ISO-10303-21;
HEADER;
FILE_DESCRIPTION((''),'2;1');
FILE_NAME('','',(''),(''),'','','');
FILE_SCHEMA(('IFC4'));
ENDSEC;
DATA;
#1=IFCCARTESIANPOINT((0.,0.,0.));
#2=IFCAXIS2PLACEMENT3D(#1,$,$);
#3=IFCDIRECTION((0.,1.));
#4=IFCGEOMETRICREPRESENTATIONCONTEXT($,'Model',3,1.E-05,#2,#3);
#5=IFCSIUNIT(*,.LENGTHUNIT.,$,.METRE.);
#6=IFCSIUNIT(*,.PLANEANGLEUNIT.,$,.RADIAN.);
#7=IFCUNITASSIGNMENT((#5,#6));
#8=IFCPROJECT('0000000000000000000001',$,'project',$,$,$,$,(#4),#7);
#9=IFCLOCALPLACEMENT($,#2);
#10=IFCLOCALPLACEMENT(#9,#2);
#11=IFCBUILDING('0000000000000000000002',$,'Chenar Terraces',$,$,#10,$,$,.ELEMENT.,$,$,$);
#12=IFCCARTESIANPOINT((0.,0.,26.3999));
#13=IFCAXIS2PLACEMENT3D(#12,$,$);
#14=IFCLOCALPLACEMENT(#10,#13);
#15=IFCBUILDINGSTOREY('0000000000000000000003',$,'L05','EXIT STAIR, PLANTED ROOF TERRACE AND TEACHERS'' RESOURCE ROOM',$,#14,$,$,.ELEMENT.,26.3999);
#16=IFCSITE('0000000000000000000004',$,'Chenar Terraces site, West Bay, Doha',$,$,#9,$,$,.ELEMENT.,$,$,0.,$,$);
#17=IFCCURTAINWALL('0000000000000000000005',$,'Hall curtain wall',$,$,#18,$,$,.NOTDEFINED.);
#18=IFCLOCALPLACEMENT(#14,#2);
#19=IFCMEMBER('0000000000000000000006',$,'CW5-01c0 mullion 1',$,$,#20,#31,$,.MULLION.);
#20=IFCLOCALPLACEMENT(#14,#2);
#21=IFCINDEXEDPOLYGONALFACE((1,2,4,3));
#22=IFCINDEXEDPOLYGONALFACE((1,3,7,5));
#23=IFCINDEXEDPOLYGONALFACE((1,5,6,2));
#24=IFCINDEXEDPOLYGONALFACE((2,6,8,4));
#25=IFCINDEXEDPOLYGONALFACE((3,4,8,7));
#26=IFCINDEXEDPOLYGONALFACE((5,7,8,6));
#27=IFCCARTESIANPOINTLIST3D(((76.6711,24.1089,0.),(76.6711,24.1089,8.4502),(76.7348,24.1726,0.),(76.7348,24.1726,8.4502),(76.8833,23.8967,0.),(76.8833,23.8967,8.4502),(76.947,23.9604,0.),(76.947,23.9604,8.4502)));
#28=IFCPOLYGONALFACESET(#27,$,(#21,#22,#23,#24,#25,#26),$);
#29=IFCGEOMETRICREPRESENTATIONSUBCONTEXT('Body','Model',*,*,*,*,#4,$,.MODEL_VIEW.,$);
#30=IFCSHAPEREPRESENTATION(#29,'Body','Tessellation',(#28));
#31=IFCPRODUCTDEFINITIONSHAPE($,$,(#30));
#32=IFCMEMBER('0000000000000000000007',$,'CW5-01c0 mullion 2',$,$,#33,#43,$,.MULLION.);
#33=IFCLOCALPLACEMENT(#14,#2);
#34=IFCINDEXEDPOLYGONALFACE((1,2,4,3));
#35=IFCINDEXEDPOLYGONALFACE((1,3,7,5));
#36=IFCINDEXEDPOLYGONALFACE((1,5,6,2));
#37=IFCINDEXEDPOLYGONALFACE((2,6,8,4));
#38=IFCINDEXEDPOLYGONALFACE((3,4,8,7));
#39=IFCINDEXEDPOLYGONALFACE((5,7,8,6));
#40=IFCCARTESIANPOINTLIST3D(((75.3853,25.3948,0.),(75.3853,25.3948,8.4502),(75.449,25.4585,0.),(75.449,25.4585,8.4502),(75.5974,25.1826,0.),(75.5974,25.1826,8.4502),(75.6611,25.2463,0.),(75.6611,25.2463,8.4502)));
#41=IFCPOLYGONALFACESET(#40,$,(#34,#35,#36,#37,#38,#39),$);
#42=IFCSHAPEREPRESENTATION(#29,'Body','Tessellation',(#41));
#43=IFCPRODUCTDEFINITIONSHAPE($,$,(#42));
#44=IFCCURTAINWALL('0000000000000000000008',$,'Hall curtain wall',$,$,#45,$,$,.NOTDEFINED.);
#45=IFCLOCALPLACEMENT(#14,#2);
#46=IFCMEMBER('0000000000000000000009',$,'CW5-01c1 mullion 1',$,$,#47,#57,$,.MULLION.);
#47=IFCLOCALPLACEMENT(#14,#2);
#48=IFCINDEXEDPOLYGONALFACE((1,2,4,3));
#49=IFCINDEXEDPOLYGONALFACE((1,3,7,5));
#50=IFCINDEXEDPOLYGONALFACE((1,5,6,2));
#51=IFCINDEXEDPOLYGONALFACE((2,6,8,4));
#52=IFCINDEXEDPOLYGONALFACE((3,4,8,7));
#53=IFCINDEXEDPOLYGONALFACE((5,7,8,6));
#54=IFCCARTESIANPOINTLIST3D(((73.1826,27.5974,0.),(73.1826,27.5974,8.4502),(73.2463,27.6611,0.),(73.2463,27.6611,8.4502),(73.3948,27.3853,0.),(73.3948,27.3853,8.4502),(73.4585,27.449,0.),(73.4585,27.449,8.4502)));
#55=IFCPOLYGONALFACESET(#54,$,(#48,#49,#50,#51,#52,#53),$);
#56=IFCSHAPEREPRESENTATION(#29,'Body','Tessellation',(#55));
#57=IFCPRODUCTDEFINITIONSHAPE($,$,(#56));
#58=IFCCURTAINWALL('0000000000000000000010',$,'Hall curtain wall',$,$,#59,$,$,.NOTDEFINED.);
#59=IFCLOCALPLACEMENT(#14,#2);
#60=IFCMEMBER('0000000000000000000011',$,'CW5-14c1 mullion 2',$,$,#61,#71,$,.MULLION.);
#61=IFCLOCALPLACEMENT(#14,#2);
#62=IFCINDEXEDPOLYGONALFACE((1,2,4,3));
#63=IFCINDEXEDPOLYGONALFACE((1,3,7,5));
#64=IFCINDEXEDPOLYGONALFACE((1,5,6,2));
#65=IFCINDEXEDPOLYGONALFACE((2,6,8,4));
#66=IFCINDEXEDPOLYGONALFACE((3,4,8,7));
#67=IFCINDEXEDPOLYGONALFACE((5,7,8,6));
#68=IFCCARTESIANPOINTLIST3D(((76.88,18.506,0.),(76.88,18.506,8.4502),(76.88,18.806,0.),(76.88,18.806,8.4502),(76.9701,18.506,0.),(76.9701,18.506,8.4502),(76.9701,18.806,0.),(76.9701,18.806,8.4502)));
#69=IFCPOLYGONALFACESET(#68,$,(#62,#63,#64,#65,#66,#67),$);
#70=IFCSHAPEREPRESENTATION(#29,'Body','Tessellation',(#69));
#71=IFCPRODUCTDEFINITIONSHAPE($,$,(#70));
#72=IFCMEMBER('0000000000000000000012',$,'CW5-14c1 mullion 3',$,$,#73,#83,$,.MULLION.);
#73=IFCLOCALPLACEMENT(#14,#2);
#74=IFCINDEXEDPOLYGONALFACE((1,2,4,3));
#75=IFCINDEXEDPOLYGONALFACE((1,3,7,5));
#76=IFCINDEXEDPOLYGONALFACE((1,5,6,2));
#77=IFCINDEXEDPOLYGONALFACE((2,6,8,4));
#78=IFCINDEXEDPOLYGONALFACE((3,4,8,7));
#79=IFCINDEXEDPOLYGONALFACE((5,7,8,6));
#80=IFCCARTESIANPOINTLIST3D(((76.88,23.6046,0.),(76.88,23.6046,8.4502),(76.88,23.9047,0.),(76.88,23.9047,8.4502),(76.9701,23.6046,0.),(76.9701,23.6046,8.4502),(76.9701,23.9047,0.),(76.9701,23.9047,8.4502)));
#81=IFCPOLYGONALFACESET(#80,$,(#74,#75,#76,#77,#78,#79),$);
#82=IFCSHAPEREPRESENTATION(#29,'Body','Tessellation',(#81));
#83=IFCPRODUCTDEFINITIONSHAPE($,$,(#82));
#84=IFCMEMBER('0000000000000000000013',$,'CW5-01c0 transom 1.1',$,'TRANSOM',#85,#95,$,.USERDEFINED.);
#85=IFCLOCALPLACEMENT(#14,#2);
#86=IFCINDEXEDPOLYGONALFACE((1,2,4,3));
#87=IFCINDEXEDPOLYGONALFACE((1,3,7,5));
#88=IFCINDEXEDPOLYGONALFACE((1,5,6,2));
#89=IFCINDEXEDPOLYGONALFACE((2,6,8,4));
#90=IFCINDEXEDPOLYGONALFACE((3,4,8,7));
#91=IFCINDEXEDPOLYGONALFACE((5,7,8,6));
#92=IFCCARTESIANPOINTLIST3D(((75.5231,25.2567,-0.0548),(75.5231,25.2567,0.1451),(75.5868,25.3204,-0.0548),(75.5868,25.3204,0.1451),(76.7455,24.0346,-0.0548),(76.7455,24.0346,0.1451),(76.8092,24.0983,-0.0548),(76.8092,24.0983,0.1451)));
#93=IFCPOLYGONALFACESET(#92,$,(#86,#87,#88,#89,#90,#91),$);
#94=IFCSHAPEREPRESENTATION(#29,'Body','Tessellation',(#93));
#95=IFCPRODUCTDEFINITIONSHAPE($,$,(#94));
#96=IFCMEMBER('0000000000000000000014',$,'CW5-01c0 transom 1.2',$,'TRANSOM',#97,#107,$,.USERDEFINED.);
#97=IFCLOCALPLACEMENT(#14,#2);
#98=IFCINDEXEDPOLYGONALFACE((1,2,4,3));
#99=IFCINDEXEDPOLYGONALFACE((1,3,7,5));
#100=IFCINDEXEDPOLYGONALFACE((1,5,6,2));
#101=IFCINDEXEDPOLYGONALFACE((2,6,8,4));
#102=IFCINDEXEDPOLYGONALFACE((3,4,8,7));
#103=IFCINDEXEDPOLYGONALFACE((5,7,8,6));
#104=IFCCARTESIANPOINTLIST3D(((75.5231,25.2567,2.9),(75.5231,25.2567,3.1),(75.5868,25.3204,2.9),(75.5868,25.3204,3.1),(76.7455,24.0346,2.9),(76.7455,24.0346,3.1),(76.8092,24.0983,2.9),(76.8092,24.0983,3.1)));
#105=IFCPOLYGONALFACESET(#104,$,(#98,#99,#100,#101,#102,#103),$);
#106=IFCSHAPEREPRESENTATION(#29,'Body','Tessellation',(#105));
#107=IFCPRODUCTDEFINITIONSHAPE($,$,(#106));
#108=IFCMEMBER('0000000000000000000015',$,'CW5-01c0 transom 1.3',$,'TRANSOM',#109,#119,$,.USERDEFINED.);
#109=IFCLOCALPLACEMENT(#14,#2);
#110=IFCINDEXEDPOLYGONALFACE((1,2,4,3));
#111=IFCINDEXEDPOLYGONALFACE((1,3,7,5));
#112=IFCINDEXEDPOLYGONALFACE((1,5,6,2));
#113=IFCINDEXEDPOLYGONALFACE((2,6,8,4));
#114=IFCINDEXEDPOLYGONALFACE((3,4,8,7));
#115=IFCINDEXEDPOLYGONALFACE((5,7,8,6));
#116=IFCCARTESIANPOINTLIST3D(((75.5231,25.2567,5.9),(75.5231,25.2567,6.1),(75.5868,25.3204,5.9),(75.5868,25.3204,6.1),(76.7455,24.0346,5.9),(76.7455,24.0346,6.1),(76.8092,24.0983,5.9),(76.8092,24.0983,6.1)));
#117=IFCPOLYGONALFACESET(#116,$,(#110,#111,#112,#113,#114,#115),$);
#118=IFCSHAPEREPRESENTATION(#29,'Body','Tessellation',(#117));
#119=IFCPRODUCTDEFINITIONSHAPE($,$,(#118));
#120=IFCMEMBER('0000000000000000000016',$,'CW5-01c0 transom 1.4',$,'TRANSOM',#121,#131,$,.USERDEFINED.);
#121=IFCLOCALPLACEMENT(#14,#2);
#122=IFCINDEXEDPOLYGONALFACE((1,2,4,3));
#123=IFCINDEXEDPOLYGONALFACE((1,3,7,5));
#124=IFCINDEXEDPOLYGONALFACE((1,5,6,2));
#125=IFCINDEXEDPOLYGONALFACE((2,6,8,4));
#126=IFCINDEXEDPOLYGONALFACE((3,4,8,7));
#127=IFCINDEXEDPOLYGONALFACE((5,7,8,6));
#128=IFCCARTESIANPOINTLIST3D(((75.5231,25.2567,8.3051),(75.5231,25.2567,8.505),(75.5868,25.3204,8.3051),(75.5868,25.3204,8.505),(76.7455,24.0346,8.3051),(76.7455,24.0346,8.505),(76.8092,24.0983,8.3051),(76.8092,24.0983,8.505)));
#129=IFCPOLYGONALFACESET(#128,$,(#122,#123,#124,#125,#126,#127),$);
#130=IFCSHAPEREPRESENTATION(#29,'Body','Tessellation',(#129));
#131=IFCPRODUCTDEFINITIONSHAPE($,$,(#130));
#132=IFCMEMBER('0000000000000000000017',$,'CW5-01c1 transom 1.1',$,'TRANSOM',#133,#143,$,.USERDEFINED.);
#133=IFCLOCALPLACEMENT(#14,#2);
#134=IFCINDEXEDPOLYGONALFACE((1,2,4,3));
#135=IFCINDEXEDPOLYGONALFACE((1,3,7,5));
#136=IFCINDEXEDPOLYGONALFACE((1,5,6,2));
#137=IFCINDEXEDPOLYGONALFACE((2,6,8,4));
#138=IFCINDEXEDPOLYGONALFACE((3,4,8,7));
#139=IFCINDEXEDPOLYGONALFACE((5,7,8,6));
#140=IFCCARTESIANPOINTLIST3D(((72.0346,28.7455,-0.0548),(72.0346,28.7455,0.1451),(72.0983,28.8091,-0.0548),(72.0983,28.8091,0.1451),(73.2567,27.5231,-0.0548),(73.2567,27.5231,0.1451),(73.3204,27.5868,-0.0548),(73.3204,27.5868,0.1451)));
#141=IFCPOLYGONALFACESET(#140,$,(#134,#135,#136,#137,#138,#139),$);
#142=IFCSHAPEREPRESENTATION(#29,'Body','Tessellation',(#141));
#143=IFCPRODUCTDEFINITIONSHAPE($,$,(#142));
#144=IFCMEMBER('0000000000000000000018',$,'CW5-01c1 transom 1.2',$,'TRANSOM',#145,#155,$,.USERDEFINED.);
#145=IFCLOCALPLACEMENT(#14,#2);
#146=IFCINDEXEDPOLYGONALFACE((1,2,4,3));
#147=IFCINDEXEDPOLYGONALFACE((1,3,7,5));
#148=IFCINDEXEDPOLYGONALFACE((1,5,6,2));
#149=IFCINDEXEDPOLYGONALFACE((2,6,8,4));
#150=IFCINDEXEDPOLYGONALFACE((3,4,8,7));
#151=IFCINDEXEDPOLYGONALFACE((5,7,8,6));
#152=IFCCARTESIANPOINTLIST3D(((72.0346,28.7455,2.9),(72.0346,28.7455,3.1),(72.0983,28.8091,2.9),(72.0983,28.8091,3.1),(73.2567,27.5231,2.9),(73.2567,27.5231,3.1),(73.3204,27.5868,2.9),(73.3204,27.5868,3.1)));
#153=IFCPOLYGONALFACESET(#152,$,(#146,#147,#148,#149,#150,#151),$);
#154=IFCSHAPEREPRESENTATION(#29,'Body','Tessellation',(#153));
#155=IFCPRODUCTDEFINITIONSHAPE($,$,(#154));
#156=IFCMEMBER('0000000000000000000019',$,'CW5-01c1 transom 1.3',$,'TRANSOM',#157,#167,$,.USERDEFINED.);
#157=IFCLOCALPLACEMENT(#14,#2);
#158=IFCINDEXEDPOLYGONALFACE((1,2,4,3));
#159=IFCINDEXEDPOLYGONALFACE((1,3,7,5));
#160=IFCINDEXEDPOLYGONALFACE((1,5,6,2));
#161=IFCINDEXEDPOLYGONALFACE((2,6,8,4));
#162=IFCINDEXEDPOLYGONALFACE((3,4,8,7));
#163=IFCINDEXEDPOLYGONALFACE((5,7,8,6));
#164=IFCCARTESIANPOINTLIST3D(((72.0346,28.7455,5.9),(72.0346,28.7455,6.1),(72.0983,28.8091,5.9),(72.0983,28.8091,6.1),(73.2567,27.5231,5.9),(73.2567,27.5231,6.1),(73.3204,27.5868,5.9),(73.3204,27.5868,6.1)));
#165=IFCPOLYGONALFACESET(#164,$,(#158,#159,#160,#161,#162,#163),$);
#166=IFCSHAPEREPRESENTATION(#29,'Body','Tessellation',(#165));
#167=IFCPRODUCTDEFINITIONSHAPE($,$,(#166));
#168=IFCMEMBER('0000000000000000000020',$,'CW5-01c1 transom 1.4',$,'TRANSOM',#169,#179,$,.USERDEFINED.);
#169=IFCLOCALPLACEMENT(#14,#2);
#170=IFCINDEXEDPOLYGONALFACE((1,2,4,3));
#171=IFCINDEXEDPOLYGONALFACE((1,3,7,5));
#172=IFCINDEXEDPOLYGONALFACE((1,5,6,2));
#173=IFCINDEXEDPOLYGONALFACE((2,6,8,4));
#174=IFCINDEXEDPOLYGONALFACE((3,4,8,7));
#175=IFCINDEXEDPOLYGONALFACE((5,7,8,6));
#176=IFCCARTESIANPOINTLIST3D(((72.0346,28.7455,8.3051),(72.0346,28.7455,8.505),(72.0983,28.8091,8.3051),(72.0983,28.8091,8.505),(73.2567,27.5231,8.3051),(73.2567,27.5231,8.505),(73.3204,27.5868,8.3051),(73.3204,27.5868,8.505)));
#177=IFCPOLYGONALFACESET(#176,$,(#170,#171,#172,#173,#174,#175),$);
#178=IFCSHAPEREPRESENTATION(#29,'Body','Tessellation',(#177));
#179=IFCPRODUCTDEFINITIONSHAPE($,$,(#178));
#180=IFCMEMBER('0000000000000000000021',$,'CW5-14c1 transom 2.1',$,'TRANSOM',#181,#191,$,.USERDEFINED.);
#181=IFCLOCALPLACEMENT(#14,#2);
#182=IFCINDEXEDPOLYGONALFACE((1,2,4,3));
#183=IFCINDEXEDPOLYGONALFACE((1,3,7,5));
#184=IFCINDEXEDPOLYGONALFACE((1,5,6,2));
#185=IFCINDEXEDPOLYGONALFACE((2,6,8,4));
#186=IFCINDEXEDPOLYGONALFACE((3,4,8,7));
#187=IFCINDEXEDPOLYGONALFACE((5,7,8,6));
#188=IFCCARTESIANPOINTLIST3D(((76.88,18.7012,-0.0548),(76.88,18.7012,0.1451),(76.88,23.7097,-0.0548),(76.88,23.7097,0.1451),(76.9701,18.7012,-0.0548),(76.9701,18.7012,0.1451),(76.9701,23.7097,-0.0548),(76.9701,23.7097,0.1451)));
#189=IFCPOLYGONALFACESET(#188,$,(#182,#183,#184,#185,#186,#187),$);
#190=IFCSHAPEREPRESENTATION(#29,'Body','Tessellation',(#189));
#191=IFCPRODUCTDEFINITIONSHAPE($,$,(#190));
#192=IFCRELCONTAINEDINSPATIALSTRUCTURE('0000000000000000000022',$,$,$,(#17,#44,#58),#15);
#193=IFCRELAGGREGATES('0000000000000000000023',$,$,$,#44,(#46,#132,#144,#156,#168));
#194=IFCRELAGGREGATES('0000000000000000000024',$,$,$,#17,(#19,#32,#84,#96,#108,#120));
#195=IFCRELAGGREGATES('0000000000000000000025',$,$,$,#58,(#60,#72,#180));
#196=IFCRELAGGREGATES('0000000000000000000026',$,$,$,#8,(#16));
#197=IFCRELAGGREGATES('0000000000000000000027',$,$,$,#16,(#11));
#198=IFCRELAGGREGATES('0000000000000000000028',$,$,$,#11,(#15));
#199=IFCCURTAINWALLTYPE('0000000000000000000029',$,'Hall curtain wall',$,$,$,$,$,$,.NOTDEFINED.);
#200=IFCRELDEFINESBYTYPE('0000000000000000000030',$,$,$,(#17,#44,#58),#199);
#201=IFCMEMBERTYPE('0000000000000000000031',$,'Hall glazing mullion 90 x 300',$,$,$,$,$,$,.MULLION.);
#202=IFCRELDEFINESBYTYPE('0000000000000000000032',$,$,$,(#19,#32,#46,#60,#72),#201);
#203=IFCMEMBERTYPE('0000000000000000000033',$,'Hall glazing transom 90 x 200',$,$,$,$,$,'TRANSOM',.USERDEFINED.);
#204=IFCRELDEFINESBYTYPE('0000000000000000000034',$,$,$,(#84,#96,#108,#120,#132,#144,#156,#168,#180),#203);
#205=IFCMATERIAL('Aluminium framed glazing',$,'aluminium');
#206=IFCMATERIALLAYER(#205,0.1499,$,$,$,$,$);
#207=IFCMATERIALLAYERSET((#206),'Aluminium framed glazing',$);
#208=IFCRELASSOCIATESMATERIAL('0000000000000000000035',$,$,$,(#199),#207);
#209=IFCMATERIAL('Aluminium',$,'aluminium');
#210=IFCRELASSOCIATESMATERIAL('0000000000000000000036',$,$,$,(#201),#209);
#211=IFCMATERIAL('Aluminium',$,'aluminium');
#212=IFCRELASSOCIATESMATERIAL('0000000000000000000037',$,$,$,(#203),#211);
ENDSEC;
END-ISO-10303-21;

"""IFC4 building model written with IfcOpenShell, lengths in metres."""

from ifc_helpers import new_model, si_unit, direction, frame, origin, origin_2d, place, context, subcontext, project, spatial, rectangle, extrude, material, layer, layer_set, material_profile, profile_set, type_object, element, aggregate, save


model = new_model("IFC4")

# Units and contexts
model_context = context("Model", 3, precision=1e-05, world=origin(), true_north=direction((0.0, 1.0)))
body_context = subcontext(model_context, "Body", "Model", "MODEL_VIEW")
ifc_project = project(units=[si_unit("LENGTHUNIT", "METRE"), si_unit("PLANEANGLEUNIT", "RADIAN")], contexts=[model_context])

# Site, building, storey
site_placement = place(None, origin())
site = spatial("IfcSite", under=ifc_project, at=site_placement, Name="Chenar Terraces site, West Bay, Doha", CompositionType="ELEMENT", RefElevation=0.0)
building_placement = place(site_placement, origin())
building = spatial("IfcBuilding", under=site, at=building_placement, Name="Chenar Terraces", CompositionType="ELEMENT")
storey_placement = place(building_placement, frame((0.0, 0.0, 26.3999)))
storey = spatial("IfcBuildingStorey", under=building, at=storey_placement, Name="L05", Description="EXIT STAIR, PLANTED ROOF TERRACE AND TEACHERS' RESOURCE ROOM", CompositionType="ELEMENT", Elevation=26.3999)

# Curtain wall, members
ifc_material_1 = material(Name="Aluminium framed glazing", Category="aluminium")
ifc_layer_1 = layer(ifc_material_1, 0.1499)
ifc_layer_set_1 = layer_set([ifc_layer_1], Name="Aluminium framed glazing")
curtain_wall_type = type_object("IfcCurtainWallType", Name="Hall curtain wall", PredefinedType="NOTDEFINED", material=ifc_layer_set_1)
placement = place(storey_placement, origin())
curtain_wall_1 = element("IfcCurtainWall", 1, at=placement, inside=storey, type_object=curtain_wall_type, Name="Hall curtain wall", PredefinedType="NOTDEFINED")
ifc_material_2 = material(Name="Aluminium", Category="aluminium")
ifc_material_profile_1 = material_profile(ifc_material_2, rectangle(XDim=0.0901, YDim=0.3, at=origin_2d()), Name="Hall glazing mullion 90 x 300")
ifc_profile_set_1 = profile_set([ifc_material_profile_1], Name="Aluminium")
member_type_1 = type_object("IfcMemberType", Name="Hall glazing mullion 90 x 300", PredefinedType="MULLION", material=ifc_profile_set_1)
member_1_placement = place(storey_placement, frame((76.8091, 24.0347, 0.0), z_axis=(0.0, 0.0, 1.0), x_axis=(-0.707107, -0.707107, 0.0)))
member_1 = element("IfcMember", 2, at=member_1_placement, type_object=member_type_1, Name="CW5-01c0 mullion 1", PredefinedType="MULLION", context=body_context, shape_type="SweptSolid", body=[
    extrude(rectangle(XDim=0.0901, YDim=0.3, at=origin_2d()), origin(), (0.0, 0.0, 1.0), 8.4502),
])
member_2_placement = place(storey_placement, frame((75.5232, 25.3206, 0.0), z_axis=(0.0, 0.0, 1.0), x_axis=(-0.707107, -0.707107, 0.0)))
member_2 = element("IfcMember", 3, at=member_2_placement, type_object=member_type_1, Name="CW5-01c0 mullion 2", PredefinedType="MULLION", context=body_context, shape_type="SweptSolid", body=[
    extrude(rectangle(XDim=0.0901, YDim=0.3, at=origin_2d()), origin(), (0.0, 0.0, 1.0), 8.4502),
])

# Curtain wall, member
curtain_wall_2 = element("IfcCurtainWall", 4, at=placement, inside=storey, type_object=curtain_wall_type, Name="Hall curtain wall", PredefinedType="NOTDEFINED")
member_3_placement = place(storey_placement, frame((73.3206, 27.5232, 0.0), z_axis=(0.0, 0.0, 1.0), x_axis=(-0.707107, -0.707107, 0.0)))
member_3 = element("IfcMember", 5, at=member_3_placement, type_object=member_type_1, Name="CW5-01c1 mullion 1", PredefinedType="MULLION", context=body_context, shape_type="SweptSolid", body=[
    extrude(rectangle(XDim=0.0901, YDim=0.3, at=origin_2d()), origin(), (0.0, 0.0, 1.0), 8.4502),
])

# Curtain wall, members
curtain_wall_3 = element("IfcCurtainWall", 6, at=placement, inside=storey, type_object=curtain_wall_type, Name="Hall curtain wall", PredefinedType="NOTDEFINED")
member_4_placement = place(storey_placement, frame((76.925, 18.656, 0.0), z_axis=(0.0, 0.0, 1.0), x_axis=(-1.0, 0.0, 0.0)))
member_4 = element("IfcMember", 7, at=member_4_placement, type_object=member_type_1, Name="CW5-14c1 mullion 2", PredefinedType="MULLION", context=body_context, shape_type="SweptSolid", body=[
    extrude(rectangle(XDim=0.0901, YDim=0.3, at=origin_2d()), origin(), (0.0, 0.0, 1.0), 8.4502),
])
member_5_placement = place(storey_placement, frame((76.925, 23.7546, 0.0), z_axis=(0.0, 0.0, 1.0), x_axis=(-1.0, 0.0, 0.0)))
member_5 = element("IfcMember", 8, at=member_5_placement, type_object=member_type_1, Name="CW5-14c1 mullion 3", PredefinedType="MULLION", context=body_context, shape_type="SweptSolid", body=[
    extrude(rectangle(XDim=0.0901, YDim=0.3, at=origin_2d()), origin(), (0.0, 0.0, 1.0), 8.4502),
])

# Members
ifc_material_3 = material(Name="Aluminium", Category="aluminium")
ifc_material_profile_2 = material_profile(ifc_material_3, rectangle(XDim=0.0901, YDim=0.2, at=origin_2d()), Name="Hall glazing transom 90 x 200")
ifc_profile_set_2 = profile_set([ifc_material_profile_2], Name="Aluminium")
member_type_2 = type_object("IfcMemberType", Name="Hall glazing transom 90 x 200", ElementType="TRANSOM", PredefinedType="USERDEFINED", material=ifc_profile_set_2)
member_6_placement = place(storey_placement, frame((76.7773, 24.0664, 0.0452), z_axis=(-0.707177, 0.707036, 0.0), x_axis=(-0.707036, -0.707177, 0.0)))
member_6 = element("IfcMember", 9, at=member_6_placement, type_object=member_type_2, Name="CW5-01c0 transom 1.1", ObjectType="TRANSOM", PredefinedType="USERDEFINED", context=body_context, shape_type="SweptSolid", body=[
    extrude(rectangle(XDim=0.0901, YDim=0.2, at=origin_2d()), origin(), (0.0, 0.0, 1.0), 1.7285),
])
member_7_placement = place(storey_placement, frame((76.7773, 24.0664, 3.0), z_axis=(-0.707177, 0.707036, 0.0), x_axis=(-0.707036, -0.707177, 0.0)))
member_7 = element("IfcMember", 10, at=member_7_placement, type_object=member_type_2, Name="CW5-01c0 transom 1.2", ObjectType="TRANSOM", PredefinedType="USERDEFINED", context=body_context, shape_type="SweptSolid", body=[
    extrude(rectangle(XDim=0.0901, YDim=0.2, at=origin_2d()), origin(), (0.0, 0.0, 1.0), 1.7285),
])
member_8_placement = place(storey_placement, frame((76.7773, 24.0664, 6.0), z_axis=(-0.707177, 0.707036, 0.0), x_axis=(-0.707036, -0.707177, 0.0)))
member_8 = element("IfcMember", 11, at=member_8_placement, type_object=member_type_2, Name="CW5-01c0 transom 1.3", ObjectType="TRANSOM", PredefinedType="USERDEFINED", context=body_context, shape_type="SweptSolid", body=[
    extrude(rectangle(XDim=0.0901, YDim=0.2, at=origin_2d()), origin(), (0.0, 0.0, 1.0), 1.7285),
])
member_9_placement = place(storey_placement, frame((76.7773, 24.0664, 8.405), z_axis=(-0.707177, 0.707036, 0.0), x_axis=(-0.707036, -0.707177, 0.0)))
member_9 = element("IfcMember", 12, at=member_9_placement, type_object=member_type_2, Name="CW5-01c0 transom 1.4", ObjectType="TRANSOM", PredefinedType="USERDEFINED", context=body_context, shape_type="SweptSolid", body=[
    extrude(rectangle(XDim=0.0901, YDim=0.2, at=origin_2d()), origin(), (0.0, 0.0, 1.0), 1.7285),
])
member_10_placement = place(storey_placement, frame((73.2886, 27.5549, 0.0452), z_axis=(-0.707036, 0.707177, 0.0), x_axis=(-0.707177, -0.707036, 0.0)))
member_10 = element("IfcMember", 13, at=member_10_placement, type_object=member_type_2, Name="CW5-01c1 transom 1.1", ObjectType="TRANSOM", PredefinedType="USERDEFINED", context=body_context, shape_type="SweptSolid", body=[
    extrude(rectangle(XDim=0.0901, YDim=0.2, at=origin_2d()), origin(), (0.0, 0.0, 1.0), 1.7285),
])
member_11_placement = place(storey_placement, frame((73.2886, 27.5549, 3.0), z_axis=(-0.707036, 0.707177, 0.0), x_axis=(-0.707177, -0.707036, 0.0)))
member_11 = element("IfcMember", 14, at=member_11_placement, type_object=member_type_2, Name="CW5-01c1 transom 1.2", ObjectType="TRANSOM", PredefinedType="USERDEFINED", context=body_context, shape_type="SweptSolid", body=[
    extrude(rectangle(XDim=0.0901, YDim=0.2, at=origin_2d()), origin(), (0.0, 0.0, 1.0), 1.7285),
])
member_12_placement = place(storey_placement, frame((73.2886, 27.5549, 6.0), z_axis=(-0.707036, 0.707177, 0.0), x_axis=(-0.707177, -0.707036, 0.0)))
member_12 = element("IfcMember", 15, at=member_12_placement, type_object=member_type_2, Name="CW5-01c1 transom 1.3", ObjectType="TRANSOM", PredefinedType="USERDEFINED", context=body_context, shape_type="SweptSolid", body=[
    extrude(rectangle(XDim=0.0901, YDim=0.2, at=origin_2d()), origin(), (0.0, 0.0, 1.0), 1.7285),
])
member_13_placement = place(storey_placement, frame((73.2886, 27.5549, 8.405), z_axis=(-0.707036, 0.707177, 0.0), x_axis=(-0.707177, -0.707036, 0.0)))
member_13 = element("IfcMember", 16, at=member_13_placement, type_object=member_type_2, Name="CW5-01c1 transom 1.4", ObjectType="TRANSOM", PredefinedType="USERDEFINED", context=body_context, shape_type="SweptSolid", body=[
    extrude(rectangle(XDim=0.0901, YDim=0.2, at=origin_2d()), origin(), (0.0, 0.0, 1.0), 1.7285),
])
aggregate(curtain_wall_2, [member_3, member_10, member_11, member_12, member_13])
member_14_placement = place(storey_placement, frame((76.925, 18.7012, 0.0452), z_axis=(0.0, 1.0, 0.0), x_axis=(-1.0, 0.0, 0.0)))
member_14 = element("IfcMember", 17, at=member_14_placement, type_object=member_type_2, Name="CW5-14c1 transom 2.1", ObjectType="TRANSOM", PredefinedType="USERDEFINED", context=body_context, shape_type="SweptSolid", body=[
    extrude(rectangle(XDim=0.0901, YDim=0.2, at=origin_2d()), origin(), (0.0, 0.0, 1.0), 5.0085),
])

aggregate(curtain_wall_1, [member_1, member_2, member_6, member_7, member_8, member_9])
aggregate(curtain_wall_3, [member_4, member_5, member_14])

save(model, "model.ifc")
